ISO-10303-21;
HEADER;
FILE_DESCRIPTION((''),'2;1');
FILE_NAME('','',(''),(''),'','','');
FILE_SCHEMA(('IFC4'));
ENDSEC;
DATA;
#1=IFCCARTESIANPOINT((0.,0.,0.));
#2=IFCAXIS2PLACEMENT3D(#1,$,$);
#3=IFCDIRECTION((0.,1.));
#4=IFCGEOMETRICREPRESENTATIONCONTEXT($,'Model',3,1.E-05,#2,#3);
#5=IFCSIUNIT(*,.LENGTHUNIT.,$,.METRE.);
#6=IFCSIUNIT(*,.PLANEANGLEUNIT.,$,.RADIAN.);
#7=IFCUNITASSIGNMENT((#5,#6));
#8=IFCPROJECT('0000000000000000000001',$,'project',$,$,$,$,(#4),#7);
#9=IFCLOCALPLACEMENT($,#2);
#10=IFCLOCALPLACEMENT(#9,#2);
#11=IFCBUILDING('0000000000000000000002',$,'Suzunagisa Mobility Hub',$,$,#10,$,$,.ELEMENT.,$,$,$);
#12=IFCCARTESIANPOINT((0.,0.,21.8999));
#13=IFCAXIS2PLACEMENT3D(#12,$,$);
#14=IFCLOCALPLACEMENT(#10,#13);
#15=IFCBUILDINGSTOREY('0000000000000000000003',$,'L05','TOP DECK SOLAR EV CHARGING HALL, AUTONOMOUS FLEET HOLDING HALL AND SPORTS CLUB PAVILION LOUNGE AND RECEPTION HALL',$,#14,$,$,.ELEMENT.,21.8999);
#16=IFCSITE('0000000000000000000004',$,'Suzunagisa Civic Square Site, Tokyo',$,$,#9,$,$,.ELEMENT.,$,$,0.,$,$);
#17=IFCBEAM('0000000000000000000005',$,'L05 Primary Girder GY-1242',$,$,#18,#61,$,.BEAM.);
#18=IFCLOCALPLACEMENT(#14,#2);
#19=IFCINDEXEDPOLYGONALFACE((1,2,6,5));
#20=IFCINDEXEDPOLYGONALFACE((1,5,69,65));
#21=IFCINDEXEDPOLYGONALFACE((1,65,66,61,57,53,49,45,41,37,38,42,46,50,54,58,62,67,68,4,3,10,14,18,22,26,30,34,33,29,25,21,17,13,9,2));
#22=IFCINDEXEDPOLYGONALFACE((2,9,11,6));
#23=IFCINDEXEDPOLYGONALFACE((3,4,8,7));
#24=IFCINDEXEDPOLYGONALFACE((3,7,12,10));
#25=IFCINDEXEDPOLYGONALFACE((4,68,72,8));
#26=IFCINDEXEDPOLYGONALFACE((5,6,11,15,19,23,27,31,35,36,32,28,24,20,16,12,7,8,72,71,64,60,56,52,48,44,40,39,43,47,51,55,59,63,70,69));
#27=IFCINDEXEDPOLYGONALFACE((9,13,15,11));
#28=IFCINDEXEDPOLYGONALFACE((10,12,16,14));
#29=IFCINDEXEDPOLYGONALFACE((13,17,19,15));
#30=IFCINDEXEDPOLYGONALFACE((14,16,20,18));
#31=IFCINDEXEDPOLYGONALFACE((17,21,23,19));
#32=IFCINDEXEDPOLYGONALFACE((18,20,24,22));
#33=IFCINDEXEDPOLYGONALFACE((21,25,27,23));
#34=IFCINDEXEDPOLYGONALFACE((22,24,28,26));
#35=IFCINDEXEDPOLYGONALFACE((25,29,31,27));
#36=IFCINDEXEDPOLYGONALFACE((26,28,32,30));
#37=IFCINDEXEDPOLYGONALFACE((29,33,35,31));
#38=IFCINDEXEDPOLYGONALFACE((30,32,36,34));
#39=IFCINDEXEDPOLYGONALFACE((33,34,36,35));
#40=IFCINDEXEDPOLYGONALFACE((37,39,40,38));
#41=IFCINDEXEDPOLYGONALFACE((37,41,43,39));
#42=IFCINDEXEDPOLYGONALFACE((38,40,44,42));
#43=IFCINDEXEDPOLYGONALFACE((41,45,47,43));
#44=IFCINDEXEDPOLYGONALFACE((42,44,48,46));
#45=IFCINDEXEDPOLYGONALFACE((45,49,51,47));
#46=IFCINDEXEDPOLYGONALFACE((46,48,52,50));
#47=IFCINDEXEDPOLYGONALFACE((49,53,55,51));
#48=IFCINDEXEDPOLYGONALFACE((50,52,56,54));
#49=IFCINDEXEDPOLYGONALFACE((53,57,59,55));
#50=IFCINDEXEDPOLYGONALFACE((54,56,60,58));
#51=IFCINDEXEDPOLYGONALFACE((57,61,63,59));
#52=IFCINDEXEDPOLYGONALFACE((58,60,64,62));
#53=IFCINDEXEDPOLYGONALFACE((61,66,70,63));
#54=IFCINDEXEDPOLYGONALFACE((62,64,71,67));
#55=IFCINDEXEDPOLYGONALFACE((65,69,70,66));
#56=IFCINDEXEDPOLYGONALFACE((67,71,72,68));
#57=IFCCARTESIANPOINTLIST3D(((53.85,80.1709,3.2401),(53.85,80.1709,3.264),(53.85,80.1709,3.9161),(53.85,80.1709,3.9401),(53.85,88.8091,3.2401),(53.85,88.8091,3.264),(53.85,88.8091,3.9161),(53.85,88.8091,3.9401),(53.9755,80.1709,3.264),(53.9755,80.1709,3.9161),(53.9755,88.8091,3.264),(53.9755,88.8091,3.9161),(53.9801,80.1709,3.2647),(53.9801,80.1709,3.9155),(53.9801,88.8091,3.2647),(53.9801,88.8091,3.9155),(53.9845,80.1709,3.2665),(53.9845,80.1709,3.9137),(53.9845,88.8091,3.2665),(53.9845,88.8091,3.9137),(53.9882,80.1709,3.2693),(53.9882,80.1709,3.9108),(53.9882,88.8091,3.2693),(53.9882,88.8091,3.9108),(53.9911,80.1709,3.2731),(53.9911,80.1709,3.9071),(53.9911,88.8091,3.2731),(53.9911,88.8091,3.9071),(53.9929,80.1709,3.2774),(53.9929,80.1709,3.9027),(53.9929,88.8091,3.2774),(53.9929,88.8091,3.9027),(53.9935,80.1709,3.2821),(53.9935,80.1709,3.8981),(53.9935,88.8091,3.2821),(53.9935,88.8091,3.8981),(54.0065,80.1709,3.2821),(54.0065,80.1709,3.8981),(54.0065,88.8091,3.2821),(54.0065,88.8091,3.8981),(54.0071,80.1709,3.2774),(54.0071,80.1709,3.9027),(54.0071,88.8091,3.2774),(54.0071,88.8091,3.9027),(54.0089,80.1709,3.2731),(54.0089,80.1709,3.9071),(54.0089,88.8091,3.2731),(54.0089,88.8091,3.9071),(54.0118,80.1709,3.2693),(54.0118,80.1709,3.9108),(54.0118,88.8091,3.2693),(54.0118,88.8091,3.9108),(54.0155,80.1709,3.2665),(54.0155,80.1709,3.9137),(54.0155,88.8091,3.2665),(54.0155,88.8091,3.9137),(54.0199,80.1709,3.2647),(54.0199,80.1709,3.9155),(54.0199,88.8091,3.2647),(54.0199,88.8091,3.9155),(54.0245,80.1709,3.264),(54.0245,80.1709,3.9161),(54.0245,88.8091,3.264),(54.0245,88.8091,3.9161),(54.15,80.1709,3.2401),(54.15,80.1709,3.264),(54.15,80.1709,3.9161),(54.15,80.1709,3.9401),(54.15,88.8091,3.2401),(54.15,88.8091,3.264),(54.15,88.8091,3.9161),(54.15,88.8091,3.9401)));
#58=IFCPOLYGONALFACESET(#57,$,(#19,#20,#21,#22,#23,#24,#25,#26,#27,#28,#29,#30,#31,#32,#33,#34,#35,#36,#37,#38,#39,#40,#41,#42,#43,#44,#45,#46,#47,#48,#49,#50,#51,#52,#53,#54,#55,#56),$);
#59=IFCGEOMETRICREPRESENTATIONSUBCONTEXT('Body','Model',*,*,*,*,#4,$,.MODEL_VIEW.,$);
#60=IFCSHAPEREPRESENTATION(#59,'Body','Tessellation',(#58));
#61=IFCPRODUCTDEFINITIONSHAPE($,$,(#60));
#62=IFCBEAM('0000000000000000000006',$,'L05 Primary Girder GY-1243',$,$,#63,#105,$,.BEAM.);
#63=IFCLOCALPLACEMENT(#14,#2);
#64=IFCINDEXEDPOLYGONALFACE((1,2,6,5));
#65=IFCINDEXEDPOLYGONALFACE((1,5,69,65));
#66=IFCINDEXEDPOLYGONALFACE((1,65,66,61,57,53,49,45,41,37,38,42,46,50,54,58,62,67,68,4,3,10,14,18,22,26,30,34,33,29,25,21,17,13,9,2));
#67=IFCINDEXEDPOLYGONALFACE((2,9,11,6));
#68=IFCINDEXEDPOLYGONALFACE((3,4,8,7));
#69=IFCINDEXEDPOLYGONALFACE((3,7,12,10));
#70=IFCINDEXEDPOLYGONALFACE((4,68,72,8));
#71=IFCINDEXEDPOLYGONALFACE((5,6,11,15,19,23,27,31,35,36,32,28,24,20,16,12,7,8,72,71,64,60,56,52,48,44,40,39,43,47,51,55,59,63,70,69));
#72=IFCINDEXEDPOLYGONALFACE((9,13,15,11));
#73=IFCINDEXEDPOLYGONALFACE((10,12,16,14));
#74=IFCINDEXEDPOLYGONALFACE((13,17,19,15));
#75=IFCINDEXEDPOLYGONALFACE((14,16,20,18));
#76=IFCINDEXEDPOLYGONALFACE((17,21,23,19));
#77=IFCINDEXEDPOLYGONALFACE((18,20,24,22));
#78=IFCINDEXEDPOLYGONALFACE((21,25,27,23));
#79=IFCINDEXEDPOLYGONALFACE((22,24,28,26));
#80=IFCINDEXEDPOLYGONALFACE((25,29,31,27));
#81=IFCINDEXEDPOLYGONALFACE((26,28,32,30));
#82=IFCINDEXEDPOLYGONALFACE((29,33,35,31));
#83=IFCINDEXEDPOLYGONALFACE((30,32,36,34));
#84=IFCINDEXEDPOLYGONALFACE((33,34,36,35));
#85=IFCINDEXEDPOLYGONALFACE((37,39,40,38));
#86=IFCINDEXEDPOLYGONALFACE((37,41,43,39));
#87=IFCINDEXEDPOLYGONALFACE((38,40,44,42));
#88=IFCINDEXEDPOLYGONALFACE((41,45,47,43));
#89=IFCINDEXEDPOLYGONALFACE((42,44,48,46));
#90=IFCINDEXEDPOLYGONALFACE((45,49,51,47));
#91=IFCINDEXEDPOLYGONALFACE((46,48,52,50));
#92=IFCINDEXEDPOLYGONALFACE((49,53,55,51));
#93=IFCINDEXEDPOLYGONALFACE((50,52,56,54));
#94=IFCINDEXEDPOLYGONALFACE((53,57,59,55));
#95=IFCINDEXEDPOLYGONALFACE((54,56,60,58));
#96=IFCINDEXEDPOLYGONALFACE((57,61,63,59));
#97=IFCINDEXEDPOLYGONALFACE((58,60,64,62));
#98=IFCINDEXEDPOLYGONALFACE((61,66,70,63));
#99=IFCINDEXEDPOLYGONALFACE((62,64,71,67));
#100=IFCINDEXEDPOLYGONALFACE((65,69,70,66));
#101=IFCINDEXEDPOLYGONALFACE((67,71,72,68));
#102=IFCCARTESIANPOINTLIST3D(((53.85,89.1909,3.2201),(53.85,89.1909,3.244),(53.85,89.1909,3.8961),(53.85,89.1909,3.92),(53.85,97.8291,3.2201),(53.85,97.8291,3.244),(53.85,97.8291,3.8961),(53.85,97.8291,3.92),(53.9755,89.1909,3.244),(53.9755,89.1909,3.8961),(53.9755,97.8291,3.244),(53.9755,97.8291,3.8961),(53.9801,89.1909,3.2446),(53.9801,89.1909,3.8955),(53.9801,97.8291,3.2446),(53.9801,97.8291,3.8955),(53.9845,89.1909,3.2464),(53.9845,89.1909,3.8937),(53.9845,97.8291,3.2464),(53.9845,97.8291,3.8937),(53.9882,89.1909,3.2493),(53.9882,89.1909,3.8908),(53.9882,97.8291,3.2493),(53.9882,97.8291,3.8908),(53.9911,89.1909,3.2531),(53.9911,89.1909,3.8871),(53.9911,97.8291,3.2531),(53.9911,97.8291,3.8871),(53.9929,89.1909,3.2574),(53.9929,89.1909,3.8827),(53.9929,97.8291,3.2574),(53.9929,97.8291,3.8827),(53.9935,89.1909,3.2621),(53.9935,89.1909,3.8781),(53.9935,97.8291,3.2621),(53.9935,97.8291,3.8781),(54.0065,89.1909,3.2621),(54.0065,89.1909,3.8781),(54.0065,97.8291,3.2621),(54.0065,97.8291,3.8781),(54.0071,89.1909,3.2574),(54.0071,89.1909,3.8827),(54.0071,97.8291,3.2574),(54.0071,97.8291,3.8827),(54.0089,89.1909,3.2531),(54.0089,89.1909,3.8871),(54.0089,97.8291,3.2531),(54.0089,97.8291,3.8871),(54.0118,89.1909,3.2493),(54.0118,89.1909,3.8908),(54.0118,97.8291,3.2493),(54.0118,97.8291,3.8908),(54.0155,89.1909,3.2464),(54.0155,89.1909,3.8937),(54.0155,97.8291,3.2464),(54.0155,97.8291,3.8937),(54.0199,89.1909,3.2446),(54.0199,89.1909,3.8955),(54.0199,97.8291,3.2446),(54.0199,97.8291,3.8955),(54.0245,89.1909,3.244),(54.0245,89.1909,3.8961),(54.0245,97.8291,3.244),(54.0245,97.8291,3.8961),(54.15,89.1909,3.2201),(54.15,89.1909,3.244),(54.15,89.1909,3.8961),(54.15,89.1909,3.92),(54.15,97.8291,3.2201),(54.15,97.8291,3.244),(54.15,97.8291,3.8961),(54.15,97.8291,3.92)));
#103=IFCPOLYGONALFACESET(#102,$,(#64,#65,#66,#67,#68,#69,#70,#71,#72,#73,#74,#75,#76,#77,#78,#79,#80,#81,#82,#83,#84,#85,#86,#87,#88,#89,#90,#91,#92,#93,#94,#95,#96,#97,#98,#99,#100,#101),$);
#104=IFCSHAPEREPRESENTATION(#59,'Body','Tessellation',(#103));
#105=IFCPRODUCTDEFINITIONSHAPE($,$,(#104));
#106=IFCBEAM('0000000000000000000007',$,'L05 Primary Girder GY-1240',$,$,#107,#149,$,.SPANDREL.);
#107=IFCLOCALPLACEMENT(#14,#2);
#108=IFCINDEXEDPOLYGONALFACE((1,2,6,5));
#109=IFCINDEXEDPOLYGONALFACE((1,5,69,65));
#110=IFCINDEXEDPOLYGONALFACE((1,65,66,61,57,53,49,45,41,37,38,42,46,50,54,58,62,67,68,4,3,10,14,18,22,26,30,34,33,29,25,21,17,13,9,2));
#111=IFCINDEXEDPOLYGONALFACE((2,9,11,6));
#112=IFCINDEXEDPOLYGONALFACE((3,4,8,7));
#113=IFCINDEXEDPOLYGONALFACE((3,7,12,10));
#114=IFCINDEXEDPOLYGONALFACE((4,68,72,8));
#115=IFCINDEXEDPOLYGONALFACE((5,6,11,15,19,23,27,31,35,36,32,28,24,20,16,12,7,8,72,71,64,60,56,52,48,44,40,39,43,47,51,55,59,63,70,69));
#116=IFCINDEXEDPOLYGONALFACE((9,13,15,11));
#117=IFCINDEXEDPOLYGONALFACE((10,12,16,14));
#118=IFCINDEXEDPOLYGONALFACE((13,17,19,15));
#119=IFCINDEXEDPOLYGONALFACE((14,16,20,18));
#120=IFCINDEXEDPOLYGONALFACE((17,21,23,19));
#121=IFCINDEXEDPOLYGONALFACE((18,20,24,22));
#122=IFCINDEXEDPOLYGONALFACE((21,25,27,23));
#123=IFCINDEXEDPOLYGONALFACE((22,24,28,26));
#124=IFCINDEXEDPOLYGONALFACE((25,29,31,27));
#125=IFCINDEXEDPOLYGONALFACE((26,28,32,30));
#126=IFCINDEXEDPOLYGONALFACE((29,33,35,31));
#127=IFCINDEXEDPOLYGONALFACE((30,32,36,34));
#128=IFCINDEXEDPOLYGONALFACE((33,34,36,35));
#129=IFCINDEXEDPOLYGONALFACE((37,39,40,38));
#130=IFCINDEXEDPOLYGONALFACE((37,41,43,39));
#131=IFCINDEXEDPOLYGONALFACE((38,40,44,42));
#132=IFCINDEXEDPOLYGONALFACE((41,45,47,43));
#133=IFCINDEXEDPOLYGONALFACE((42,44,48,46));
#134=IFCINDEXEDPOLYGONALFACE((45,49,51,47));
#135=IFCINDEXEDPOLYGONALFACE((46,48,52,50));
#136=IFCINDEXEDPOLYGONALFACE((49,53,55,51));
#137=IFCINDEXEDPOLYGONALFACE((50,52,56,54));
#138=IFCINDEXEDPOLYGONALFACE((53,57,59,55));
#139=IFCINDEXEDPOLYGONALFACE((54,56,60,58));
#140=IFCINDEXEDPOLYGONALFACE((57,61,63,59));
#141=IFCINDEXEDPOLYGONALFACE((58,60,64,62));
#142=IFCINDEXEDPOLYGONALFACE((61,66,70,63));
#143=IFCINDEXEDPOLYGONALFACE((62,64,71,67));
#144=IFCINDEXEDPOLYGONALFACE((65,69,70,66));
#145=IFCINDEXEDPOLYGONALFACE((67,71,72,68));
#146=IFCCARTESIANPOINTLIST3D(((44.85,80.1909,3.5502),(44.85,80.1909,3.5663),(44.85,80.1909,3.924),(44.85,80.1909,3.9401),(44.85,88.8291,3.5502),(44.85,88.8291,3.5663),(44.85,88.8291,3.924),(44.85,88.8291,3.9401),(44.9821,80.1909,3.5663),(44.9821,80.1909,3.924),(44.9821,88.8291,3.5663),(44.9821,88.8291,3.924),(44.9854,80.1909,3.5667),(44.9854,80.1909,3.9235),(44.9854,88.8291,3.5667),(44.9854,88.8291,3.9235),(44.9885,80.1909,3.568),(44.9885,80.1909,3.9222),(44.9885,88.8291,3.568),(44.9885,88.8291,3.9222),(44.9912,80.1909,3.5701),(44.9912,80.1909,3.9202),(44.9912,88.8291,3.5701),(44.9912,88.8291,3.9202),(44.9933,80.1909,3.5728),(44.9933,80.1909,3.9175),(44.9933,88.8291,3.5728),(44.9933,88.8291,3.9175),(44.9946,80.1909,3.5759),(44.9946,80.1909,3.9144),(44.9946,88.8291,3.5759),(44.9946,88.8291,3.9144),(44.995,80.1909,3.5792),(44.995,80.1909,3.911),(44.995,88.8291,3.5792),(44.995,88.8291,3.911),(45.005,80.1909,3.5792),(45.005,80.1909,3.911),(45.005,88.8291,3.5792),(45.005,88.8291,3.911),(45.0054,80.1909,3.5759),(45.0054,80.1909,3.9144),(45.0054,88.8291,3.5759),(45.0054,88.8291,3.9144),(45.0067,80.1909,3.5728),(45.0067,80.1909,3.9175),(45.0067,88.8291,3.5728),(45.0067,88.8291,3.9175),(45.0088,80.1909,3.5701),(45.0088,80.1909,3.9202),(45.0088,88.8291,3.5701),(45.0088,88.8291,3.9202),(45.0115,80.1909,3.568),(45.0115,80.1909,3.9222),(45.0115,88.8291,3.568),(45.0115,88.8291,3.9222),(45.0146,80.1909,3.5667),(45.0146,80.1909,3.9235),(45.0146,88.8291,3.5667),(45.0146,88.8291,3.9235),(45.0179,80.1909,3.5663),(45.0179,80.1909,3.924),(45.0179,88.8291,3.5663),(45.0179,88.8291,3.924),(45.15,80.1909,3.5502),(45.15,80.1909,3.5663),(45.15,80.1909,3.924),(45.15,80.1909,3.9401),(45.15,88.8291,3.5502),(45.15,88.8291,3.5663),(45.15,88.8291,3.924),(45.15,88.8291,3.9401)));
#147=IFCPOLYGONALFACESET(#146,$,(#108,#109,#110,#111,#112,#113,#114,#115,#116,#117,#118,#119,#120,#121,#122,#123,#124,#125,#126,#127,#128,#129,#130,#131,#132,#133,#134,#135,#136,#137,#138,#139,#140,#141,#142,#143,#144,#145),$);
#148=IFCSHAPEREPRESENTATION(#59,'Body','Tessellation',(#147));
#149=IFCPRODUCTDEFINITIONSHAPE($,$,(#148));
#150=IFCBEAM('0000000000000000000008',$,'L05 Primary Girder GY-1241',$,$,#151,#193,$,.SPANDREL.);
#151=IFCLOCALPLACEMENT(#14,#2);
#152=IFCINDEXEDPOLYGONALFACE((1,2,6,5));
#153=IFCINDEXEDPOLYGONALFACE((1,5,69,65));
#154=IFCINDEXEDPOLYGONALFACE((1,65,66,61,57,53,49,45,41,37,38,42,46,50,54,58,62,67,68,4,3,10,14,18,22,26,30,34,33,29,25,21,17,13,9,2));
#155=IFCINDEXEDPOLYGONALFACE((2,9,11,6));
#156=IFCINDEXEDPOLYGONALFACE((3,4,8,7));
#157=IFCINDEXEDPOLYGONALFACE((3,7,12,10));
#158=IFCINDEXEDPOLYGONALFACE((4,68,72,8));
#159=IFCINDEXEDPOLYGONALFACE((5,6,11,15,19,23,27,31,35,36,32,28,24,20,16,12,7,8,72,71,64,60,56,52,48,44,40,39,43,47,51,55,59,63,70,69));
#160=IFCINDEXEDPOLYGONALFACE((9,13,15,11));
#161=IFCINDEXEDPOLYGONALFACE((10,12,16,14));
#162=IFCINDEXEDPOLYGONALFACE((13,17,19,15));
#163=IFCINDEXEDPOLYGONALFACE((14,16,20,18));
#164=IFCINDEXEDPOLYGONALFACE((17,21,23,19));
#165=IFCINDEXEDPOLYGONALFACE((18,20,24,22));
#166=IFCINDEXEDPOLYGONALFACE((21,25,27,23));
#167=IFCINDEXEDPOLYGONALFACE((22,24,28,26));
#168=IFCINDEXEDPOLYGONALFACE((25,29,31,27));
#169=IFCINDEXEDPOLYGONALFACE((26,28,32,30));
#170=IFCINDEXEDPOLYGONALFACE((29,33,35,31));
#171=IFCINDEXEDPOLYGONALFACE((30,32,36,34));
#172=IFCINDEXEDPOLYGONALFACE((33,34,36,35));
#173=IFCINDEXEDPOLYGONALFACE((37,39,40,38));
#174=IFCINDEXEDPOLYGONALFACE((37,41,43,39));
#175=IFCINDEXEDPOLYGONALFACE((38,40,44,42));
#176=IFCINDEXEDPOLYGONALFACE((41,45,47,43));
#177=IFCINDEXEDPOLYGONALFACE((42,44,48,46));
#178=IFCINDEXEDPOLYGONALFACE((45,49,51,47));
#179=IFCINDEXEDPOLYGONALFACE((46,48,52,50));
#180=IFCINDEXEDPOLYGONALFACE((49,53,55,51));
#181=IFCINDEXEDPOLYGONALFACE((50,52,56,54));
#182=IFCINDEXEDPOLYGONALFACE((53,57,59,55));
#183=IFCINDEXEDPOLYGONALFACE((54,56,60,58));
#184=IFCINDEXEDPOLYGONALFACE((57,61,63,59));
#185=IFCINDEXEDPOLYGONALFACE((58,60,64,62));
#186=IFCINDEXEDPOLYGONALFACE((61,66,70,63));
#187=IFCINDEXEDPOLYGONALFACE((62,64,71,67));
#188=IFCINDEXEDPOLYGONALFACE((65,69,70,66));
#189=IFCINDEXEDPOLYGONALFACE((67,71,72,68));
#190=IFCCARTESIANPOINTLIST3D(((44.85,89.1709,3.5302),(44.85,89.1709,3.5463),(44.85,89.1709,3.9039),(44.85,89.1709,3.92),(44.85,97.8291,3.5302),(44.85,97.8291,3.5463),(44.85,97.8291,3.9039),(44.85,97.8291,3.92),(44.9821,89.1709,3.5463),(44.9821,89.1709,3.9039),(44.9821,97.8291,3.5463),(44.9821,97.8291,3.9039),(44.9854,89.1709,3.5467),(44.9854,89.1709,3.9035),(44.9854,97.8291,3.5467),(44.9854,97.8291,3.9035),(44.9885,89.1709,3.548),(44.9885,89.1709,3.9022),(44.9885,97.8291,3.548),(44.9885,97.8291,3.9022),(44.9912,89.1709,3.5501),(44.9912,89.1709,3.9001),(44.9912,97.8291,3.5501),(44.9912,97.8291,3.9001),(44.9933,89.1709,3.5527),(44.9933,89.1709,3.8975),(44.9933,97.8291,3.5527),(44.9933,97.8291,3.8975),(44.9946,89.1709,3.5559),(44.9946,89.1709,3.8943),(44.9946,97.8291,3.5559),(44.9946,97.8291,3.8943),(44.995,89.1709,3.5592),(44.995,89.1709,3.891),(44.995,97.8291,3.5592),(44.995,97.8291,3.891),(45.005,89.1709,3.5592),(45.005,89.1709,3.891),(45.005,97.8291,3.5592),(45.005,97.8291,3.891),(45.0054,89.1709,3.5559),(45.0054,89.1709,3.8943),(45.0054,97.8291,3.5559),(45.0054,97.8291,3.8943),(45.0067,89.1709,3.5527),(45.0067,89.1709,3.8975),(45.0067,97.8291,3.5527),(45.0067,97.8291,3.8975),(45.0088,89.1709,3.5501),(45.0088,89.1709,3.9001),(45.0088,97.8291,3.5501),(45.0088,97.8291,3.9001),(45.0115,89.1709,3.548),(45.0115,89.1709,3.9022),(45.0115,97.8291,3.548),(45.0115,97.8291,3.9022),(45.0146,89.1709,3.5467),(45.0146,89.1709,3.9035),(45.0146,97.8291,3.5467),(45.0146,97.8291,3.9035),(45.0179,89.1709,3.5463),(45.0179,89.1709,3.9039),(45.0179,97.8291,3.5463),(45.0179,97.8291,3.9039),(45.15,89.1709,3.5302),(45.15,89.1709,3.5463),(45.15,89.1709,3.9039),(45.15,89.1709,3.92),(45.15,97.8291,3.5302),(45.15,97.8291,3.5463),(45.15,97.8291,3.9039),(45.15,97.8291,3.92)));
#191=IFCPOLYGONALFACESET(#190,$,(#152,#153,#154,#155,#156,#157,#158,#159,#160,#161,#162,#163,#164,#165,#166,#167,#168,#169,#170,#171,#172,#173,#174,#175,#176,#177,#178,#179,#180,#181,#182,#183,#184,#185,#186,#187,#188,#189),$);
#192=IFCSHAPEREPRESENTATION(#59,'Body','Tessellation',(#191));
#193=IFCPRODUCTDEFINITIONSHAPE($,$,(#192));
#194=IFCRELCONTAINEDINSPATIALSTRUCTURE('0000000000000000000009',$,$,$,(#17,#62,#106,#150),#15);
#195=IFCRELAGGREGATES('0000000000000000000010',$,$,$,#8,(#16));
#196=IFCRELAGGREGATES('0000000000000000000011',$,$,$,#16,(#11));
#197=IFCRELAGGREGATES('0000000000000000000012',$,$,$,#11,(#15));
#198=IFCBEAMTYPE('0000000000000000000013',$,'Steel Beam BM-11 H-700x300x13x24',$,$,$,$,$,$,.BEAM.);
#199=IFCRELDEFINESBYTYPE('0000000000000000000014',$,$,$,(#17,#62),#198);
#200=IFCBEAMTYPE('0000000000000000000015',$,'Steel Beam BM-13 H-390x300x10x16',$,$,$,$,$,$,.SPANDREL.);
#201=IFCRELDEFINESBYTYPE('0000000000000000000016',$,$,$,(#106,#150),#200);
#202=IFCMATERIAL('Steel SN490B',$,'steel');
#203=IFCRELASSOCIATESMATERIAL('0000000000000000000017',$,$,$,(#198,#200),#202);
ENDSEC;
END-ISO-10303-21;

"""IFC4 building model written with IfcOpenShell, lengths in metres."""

from ifc_helpers import new_model, si_unit, direction, frame, origin, origin_2d, place, context, subcontext, project, spatial, i_section, extrude, material, material_profile, profile_set, type_object, element, save


model = new_model("IFC4")

# Units and contexts
model_context = context("Model", 3, precision=1e-05, world=origin(), true_north=direction((0.0, 1.0)))
body_context = subcontext(model_context, "Body", "Model", "MODEL_VIEW")
ifc_project = project(units=[si_unit("LENGTHUNIT", "METRE"), si_unit("PLANEANGLEUNIT", "RADIAN")], contexts=[model_context])

# Site, building, storey
site_placement = place(None, origin())
site = spatial("IfcSite", under=ifc_project, at=site_placement, Name="Suzunagisa Civic Square Site, Tokyo", CompositionType="ELEMENT", RefElevation=0.0)
building_placement = place(site_placement, origin())
building = spatial("IfcBuilding", under=site, at=building_placement, Name="Suzunagisa Mobility Hub", CompositionType="ELEMENT")
storey_placement = place(building_placement, frame((0.0, 0.0, 21.8999)))
storey = spatial("IfcBuildingStorey", under=building, at=storey_placement, Name="L05", Description="TOP DECK SOLAR EV CHARGING HALL, AUTONOMOUS FLEET HOLDING HALL AND SPORTS CLUB PAVILION LOUNGE AND RECEPTION HALL", CompositionType="ELEMENT", Elevation=21.8999)

# Shared definitions
ifc_material_1 = material(Name="Steel SN490B", Category="steel")

# Beams
ifc_material_profile_1 = material_profile(ifc_material_1, i_section(OverallWidth=0.3, OverallDepth=0.7, WebThickness=0.0129, FlangeThickness=0.0239, FilletRadius=0.0181, at=origin_2d()), Name="H-700x300x13x24")
ifc_profile_set_1 = profile_set([ifc_material_profile_1], Name="Steel SN490B")
beam_type_1 = type_object("IfcBeamType", Name="Steel Beam BM-11 H-700x300x13x24", PredefinedType="BEAM", material=ifc_profile_set_1)
for number, where, z_axis, x_axis, name in (
    (1, (54.0, 80.1709, 3.5901), (0.0, 1.0, 0.0), (-1.0, 0.0, 0.0), "L05 Primary Girder GY-1242"),
    (2, (54.0, 89.1909, 3.5701), (0.0, 1.0, 0.0), (-1.0, 0.0, 0.0), "L05 Primary Girder GY-1243"),
):
    element("IfcBeam", number, at=place(storey_placement, frame(where, z_axis=z_axis, x_axis=x_axis)), inside=storey, type_object=beam_type_1, Name=name, PredefinedType="BEAM", context=body_context, shape_type="SweptSolid", body=[
        extrude(i_section(OverallWidth=0.3, OverallDepth=0.7, WebThickness=0.0129, FlangeThickness=0.0239, FilletRadius=0.0181, at=origin_2d()), origin(), (0.0, 0.0, 1.0), 8.6382),
    ])
ifc_material_profile_2 = material_profile(ifc_material_1, i_section(OverallWidth=0.3, OverallDepth=0.3899, WebThickness=0.01, FlangeThickness=0.0161, FilletRadius=0.0129, at=origin_2d()), Name="H-390x300x10x16")
ifc_profile_set_2 = profile_set([ifc_material_profile_2], Name="Steel SN490B")
beam_type_2 = type_object("IfcBeamType", Name="Steel Beam BM-13 H-390x300x10x16", PredefinedType="SPANDREL", material=ifc_profile_set_2)
beam_1_placement = place(storey_placement, frame((45.0, 80.1909, 3.7451), z_axis=(0.0, 1.0, 0.0), x_axis=(-1.0, 0.0, 0.0)))
element("IfcBeam", 3, at=beam_1_placement, inside=storey, type_object=beam_type_2, Name="L05 Primary Girder GY-1240", PredefinedType="SPANDREL", context=body_context, shape_type="SweptSolid", body=[
    extrude(i_section(OverallWidth=0.3, OverallDepth=0.3899, WebThickness=0.01, FlangeThickness=0.0161, FilletRadius=0.0129, at=origin_2d()), origin(), (0.0, 0.0, 1.0), 8.6382),
])
beam_2_placement = place(storey_placement, frame((45.0, 89.1709, 3.7251), z_axis=(0.0, 1.0, 0.0), x_axis=(-1.0, 0.0, 0.0)))
element("IfcBeam", 4, at=beam_2_placement, inside=storey, type_object=beam_type_2, Name="L05 Primary Girder GY-1241", PredefinedType="SPANDREL", context=body_context, shape_type="SweptSolid", body=[
    extrude(i_section(OverallWidth=0.3, OverallDepth=0.3899, WebThickness=0.01, FlangeThickness=0.0161, FilletRadius=0.0129, at=origin_2d()), origin(), (0.0, 0.0, 1.0), 8.6582),
])

save(model, "model.ifc")
